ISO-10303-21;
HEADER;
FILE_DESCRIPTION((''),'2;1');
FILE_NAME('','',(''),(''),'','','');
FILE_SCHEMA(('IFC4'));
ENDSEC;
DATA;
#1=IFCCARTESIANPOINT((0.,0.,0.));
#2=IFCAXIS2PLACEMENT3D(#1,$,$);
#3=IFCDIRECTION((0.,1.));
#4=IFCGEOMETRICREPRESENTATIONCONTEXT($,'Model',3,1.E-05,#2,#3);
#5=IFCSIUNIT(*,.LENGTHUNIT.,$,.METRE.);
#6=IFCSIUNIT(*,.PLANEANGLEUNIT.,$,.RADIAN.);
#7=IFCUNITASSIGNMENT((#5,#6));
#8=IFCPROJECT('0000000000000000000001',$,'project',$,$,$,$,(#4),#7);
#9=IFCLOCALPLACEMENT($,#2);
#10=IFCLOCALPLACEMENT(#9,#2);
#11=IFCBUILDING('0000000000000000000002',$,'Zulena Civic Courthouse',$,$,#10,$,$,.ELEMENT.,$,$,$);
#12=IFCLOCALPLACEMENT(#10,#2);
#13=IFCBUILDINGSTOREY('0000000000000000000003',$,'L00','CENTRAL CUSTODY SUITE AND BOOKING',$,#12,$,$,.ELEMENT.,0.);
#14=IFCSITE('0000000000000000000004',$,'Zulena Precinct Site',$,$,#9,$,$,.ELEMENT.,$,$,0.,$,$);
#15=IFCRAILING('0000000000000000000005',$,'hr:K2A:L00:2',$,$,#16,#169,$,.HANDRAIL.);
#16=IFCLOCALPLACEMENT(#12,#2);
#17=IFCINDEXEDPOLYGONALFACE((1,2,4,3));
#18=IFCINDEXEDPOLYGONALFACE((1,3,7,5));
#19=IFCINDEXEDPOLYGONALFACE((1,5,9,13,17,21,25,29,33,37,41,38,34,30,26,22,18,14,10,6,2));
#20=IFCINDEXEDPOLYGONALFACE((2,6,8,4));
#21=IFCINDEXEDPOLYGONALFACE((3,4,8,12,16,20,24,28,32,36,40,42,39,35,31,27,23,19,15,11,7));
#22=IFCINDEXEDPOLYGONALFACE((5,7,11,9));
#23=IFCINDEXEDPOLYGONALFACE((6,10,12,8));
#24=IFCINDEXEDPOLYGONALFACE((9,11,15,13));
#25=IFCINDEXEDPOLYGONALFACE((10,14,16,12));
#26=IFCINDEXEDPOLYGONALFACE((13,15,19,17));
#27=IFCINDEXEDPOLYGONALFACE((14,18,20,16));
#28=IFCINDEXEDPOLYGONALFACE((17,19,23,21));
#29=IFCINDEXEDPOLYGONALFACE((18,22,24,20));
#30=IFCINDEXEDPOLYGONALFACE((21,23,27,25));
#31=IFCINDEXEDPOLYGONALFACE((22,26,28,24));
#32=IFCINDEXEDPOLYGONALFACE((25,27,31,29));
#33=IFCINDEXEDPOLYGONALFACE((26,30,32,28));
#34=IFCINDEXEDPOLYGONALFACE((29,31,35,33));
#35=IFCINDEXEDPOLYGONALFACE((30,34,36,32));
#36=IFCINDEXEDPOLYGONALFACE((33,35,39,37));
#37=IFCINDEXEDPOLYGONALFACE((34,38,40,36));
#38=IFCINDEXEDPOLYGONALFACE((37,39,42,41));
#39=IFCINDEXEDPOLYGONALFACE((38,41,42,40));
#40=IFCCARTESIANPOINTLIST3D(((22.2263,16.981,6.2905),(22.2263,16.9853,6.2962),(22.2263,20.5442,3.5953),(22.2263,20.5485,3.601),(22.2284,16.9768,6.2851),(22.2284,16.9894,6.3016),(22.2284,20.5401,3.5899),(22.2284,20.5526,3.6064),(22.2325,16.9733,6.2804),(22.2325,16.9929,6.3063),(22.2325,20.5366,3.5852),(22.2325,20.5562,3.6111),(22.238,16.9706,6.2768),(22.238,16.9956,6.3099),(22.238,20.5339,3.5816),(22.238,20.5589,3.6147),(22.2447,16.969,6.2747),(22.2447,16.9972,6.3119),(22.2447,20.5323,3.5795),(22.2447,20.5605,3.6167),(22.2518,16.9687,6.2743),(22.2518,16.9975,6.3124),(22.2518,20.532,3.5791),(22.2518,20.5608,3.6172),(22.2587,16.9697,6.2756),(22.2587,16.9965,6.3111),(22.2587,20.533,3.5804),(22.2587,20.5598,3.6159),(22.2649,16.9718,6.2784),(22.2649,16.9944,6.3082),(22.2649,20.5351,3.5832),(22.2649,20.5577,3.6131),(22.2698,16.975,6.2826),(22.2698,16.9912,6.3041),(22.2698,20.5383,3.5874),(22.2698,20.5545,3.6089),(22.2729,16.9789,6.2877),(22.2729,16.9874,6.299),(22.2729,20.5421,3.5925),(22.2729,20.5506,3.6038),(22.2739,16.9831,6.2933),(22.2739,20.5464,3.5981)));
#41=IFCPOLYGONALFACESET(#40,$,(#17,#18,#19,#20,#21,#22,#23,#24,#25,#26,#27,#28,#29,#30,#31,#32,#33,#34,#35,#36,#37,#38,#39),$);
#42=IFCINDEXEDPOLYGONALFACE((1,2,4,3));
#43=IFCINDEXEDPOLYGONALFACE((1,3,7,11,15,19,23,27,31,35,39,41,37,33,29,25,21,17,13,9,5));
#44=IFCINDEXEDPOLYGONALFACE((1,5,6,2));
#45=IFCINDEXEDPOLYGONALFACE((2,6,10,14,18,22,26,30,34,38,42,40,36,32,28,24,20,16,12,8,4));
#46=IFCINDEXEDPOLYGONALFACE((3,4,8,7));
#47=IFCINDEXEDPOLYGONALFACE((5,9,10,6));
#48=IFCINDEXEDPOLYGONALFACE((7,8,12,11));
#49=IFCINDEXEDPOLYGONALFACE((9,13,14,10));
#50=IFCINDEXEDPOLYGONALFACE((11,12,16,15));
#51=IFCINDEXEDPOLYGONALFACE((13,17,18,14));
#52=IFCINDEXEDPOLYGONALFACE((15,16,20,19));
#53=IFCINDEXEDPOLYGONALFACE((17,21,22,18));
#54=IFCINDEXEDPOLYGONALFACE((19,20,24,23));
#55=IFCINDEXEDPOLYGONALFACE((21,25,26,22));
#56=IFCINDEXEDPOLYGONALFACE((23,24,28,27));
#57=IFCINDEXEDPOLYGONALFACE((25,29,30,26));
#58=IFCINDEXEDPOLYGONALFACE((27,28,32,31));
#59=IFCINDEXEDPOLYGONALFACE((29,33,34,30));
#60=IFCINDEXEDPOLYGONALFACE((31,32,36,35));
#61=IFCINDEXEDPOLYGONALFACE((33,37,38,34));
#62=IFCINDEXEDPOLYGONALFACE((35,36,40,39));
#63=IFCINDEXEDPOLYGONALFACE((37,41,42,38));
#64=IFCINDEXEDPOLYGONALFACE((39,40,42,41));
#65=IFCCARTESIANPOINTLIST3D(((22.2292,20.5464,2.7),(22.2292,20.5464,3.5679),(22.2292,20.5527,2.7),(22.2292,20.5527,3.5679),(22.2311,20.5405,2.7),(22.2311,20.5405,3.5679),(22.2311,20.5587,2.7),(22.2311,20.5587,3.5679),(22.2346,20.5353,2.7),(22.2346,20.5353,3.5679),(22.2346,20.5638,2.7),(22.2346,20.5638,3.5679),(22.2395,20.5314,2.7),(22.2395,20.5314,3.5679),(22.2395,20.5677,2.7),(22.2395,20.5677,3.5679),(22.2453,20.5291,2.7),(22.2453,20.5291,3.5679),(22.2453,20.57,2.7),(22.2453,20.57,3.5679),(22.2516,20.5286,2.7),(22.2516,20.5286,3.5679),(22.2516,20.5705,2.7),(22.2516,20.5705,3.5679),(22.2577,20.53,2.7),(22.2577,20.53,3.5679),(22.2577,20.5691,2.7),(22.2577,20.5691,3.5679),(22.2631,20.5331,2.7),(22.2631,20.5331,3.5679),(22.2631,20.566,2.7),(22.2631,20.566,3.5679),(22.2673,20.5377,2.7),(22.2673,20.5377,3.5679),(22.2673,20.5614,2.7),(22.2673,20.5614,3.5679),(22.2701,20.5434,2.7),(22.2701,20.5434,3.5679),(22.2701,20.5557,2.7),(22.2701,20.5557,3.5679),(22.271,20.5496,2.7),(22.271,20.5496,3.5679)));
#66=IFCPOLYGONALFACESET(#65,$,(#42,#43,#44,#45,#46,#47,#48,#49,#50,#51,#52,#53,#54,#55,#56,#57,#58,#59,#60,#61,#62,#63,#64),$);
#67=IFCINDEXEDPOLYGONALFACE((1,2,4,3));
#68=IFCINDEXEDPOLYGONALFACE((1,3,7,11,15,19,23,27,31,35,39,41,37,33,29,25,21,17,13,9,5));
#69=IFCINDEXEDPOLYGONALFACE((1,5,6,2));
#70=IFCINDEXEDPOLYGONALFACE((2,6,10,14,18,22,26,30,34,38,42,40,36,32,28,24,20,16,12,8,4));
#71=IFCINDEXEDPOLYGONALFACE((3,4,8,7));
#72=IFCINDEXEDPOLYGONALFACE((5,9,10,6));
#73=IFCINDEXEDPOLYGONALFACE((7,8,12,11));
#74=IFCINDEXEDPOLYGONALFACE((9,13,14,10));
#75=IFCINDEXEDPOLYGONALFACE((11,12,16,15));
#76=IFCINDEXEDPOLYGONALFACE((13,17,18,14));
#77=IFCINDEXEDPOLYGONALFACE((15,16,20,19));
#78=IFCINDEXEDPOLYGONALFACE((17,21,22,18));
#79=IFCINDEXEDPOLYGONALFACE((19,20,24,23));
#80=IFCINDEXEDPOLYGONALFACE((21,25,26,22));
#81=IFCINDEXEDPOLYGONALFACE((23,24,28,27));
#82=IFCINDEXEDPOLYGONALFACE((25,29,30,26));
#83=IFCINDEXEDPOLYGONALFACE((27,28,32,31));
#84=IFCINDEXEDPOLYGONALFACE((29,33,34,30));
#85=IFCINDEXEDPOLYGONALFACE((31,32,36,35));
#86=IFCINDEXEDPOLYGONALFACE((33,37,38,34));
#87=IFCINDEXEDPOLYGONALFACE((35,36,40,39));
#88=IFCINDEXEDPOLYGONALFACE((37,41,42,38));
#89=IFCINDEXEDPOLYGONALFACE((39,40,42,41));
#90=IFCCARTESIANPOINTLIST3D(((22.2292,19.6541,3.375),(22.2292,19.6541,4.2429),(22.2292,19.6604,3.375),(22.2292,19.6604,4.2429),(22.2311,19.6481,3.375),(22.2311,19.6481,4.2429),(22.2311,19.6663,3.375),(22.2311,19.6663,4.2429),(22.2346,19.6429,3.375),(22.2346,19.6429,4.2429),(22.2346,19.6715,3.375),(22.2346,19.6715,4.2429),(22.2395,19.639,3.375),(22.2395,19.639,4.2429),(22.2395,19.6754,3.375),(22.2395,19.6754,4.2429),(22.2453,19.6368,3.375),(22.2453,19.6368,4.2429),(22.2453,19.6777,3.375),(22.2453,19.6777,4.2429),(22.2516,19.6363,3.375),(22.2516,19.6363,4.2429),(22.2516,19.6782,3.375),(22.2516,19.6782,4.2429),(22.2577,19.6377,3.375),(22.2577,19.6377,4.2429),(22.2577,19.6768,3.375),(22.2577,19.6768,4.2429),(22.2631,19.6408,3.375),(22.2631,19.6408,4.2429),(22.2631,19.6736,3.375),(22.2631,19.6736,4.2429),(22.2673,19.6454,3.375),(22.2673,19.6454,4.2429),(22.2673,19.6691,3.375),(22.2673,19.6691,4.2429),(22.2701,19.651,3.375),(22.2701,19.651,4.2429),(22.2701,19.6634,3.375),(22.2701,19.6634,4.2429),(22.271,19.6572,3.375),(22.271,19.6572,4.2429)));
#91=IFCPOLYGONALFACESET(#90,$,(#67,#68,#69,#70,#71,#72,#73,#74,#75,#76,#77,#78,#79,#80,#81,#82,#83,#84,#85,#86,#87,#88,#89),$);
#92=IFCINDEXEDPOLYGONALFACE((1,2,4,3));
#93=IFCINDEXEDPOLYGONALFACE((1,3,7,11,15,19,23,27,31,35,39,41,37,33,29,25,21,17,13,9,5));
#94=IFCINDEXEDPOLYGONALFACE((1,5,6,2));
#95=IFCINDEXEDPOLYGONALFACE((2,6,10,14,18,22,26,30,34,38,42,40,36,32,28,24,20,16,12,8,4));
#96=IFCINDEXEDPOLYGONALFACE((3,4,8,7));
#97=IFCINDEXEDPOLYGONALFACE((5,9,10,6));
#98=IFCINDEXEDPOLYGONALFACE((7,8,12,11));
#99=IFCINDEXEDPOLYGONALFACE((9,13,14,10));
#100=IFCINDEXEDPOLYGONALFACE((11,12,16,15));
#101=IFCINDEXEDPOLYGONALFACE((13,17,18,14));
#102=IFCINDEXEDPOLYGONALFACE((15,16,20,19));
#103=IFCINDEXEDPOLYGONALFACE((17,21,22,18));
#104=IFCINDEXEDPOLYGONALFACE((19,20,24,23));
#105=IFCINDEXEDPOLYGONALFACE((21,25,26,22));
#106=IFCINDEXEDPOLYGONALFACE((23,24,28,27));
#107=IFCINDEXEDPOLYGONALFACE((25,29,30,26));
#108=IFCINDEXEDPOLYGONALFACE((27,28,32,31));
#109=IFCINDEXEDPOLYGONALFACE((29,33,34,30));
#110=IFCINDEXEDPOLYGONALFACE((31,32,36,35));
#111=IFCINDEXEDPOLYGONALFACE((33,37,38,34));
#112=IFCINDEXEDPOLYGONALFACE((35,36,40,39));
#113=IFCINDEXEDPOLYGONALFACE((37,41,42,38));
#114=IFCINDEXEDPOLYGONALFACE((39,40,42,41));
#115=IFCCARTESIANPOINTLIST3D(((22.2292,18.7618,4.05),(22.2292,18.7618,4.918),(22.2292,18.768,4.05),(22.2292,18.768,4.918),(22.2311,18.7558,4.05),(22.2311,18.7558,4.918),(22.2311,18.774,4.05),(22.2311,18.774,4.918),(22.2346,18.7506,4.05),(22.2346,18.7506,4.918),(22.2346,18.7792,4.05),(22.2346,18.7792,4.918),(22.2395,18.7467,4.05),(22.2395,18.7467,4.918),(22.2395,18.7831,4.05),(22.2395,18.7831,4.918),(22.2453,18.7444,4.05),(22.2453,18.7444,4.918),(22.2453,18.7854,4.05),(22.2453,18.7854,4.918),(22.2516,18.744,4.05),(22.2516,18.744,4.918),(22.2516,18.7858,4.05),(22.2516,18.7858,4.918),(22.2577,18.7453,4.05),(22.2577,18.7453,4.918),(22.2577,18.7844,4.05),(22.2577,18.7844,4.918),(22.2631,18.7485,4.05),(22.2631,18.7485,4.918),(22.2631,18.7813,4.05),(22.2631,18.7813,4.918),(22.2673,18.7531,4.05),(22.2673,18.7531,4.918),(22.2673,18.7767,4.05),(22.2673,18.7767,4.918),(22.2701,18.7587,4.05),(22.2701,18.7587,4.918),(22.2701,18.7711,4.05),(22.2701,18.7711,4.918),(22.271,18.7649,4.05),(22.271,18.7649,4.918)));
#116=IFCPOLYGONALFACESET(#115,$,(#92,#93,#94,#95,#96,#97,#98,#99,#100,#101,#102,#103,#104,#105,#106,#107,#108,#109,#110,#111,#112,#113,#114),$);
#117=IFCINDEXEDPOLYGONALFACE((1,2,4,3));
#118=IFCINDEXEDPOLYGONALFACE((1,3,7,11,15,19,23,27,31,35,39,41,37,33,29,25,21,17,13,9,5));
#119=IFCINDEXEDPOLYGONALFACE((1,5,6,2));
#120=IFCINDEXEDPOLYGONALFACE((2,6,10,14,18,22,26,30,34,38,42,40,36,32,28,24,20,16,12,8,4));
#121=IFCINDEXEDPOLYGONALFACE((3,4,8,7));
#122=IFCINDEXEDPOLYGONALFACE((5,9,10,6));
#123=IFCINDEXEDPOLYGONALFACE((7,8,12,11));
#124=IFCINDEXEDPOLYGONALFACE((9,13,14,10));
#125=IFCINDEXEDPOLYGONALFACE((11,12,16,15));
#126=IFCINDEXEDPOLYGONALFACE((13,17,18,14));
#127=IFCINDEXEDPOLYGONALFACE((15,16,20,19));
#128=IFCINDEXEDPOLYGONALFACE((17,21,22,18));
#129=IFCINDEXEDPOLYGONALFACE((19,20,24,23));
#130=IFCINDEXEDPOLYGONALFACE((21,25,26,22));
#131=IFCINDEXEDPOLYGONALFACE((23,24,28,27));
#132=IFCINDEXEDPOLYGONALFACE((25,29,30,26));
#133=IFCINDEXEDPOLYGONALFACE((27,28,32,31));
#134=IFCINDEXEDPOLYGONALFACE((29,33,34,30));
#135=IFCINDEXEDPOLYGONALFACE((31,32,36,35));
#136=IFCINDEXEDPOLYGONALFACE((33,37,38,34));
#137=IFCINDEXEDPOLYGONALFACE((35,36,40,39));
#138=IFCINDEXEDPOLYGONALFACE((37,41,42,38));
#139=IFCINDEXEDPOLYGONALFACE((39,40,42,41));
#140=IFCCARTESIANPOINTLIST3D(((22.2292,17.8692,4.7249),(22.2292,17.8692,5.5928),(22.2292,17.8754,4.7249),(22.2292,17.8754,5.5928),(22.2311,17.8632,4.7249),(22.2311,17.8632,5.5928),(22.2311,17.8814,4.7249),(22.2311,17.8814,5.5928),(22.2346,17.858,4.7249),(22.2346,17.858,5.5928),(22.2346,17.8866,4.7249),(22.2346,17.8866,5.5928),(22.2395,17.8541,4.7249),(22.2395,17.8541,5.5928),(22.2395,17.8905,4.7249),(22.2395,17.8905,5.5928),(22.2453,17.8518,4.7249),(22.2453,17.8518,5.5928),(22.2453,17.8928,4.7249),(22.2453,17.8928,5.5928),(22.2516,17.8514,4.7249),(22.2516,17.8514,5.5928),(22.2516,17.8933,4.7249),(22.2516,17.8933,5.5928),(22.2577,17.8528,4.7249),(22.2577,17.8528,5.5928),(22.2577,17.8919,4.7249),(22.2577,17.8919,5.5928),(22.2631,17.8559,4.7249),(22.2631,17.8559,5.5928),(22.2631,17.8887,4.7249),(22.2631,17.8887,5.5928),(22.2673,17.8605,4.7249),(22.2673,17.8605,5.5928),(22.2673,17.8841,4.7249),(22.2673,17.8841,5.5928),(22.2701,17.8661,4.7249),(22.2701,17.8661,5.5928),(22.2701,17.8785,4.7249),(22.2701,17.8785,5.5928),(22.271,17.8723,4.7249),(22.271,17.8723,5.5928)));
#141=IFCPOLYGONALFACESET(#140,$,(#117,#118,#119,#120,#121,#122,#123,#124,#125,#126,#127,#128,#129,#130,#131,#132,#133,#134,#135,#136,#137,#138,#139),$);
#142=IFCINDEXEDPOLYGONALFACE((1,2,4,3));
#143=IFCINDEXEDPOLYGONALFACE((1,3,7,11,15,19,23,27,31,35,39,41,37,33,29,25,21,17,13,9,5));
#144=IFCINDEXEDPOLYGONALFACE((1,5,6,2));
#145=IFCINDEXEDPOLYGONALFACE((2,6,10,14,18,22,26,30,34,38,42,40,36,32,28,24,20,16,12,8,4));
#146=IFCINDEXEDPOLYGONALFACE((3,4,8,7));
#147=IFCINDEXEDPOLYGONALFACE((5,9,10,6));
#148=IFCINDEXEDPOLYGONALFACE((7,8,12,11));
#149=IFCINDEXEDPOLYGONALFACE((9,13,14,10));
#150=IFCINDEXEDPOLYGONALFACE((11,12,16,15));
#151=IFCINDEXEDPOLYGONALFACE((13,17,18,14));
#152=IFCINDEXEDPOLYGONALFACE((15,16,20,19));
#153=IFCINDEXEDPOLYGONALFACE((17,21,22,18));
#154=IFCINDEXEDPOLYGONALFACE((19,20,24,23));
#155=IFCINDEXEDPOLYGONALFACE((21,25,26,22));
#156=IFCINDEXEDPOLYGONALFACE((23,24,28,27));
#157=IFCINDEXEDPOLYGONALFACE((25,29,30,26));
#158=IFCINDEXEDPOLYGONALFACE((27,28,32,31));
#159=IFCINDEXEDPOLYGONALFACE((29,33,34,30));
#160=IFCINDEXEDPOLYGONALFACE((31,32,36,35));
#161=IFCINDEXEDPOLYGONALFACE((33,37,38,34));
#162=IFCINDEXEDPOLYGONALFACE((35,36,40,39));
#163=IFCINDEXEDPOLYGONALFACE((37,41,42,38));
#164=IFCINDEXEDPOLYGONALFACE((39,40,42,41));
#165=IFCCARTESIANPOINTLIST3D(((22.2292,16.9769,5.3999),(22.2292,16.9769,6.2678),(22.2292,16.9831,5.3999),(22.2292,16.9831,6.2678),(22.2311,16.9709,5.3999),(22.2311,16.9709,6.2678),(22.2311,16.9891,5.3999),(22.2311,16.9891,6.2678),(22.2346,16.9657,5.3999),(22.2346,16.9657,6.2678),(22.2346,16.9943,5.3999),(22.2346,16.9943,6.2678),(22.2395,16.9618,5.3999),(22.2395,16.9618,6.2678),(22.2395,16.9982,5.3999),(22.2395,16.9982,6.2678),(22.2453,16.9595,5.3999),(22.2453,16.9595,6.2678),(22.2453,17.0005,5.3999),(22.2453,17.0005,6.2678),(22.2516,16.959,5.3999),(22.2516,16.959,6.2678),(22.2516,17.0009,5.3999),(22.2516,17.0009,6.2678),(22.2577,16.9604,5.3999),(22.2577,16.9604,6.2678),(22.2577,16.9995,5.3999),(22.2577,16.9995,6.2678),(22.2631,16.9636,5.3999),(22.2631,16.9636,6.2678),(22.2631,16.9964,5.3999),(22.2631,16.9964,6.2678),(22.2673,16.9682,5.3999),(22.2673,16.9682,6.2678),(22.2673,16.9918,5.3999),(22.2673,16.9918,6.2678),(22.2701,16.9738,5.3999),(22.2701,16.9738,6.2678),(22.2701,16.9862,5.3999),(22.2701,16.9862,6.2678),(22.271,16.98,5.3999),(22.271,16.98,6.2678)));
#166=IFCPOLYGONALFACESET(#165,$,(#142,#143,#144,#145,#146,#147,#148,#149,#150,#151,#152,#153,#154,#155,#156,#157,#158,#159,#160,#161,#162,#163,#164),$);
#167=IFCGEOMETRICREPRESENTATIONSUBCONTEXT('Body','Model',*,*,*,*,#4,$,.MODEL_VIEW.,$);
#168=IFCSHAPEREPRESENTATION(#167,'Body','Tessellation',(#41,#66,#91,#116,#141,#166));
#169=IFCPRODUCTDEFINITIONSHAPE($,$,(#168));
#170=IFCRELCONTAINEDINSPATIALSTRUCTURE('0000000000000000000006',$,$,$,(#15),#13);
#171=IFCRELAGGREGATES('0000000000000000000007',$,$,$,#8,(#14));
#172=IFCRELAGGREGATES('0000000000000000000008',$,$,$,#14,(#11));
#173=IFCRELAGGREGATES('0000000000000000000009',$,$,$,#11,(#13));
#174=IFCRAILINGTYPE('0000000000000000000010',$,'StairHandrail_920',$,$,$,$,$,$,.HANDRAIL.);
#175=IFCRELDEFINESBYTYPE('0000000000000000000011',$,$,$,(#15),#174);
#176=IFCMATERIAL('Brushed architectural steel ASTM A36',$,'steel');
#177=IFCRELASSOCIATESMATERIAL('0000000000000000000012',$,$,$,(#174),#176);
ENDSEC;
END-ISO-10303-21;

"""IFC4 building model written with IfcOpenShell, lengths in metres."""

from ifc_helpers import new_model, si_unit, direction, frame, origin, origin_2d, place, context, subcontext, project, spatial, circle, extrude, material, type_object, element, save


model = new_model("IFC4")

# Units and contexts
model_context = context("Model", 3, precision=1e-05, world=origin(), true_north=direction((0.0, 1.0)))
body_context = subcontext(model_context, "Body", "Model", "MODEL_VIEW")
ifc_project = project(units=[si_unit("LENGTHUNIT", "METRE"), si_unit("PLANEANGLEUNIT", "RADIAN")], contexts=[model_context])

# Site, building, storey
site_placement = place(None, origin())
site = spatial("IfcSite", under=ifc_project, at=site_placement, Name="Zulena Precinct Site", CompositionType="ELEMENT", RefElevation=0.0)
building_placement = place(site_placement, origin())
building = spatial("IfcBuilding", under=site, at=building_placement, Name="Zulena Civic Courthouse", CompositionType="ELEMENT")
storey_placement = place(building_placement, origin())
storey = spatial("IfcBuildingStorey", under=building, at=storey_placement, Name="L00", Description="CENTRAL CUSTODY SUITE AND BOOKING", CompositionType="ELEMENT", Elevation=0.0)

# Railing
ifc_material_1 = material(Name="Brushed architectural steel ASTM A36", Category="steel")
railing_type_1 = type_object("IfcRailingType", Name="StairHandrail_920", PredefinedType="HANDRAIL", material=ifc_material_1)
railing_1_placement = place(storey_placement, frame((22.25, 20.5496, 2.7)))
element("IfcRailing", 1, at=railing_1_placement, inside=storey, type_object=railing_type_1, Name="hr:K2A:L00:2", PredefinedType="HANDRAIL", context=body_context, shape_type="SweptSolid", body=[
    extrude(circle(Radius=0.0239, at=origin_2d()), frame((0.0, -0.0032, 0.8982), z_axis=(0.0, -0.797552, 0.60325), x_axis=(1.0, 0.0, 0.0)), (0.0, 0.0, 1.0), 4.4678),
    extrude(circle(Radius=0.021, at=origin_2d()), origin(), (0.0, 0.0, 1.0), 0.8679),
    extrude(circle(Radius=0.021, at=origin_2d()), frame((0.0, -0.8923, 0.675)), (0.0, 0.0, 1.0), 0.8679),
    extrude(circle(Radius=0.021, at=origin_2d()), frame((0.0, -1.7847, 1.3501)), (0.0, 0.0, 1.0), 0.8679),
    extrude(circle(Radius=0.021, at=origin_2d()), frame((0.0, -2.6772, 2.0249)), (0.0, 0.0, 1.0), 0.8679),
    extrude(circle(Radius=0.021, at=origin_2d()), frame((0.0, -3.5696, 2.7)), (0.0, 0.0, 1.0), 0.8679),
])

save(model, "model.ifc")
